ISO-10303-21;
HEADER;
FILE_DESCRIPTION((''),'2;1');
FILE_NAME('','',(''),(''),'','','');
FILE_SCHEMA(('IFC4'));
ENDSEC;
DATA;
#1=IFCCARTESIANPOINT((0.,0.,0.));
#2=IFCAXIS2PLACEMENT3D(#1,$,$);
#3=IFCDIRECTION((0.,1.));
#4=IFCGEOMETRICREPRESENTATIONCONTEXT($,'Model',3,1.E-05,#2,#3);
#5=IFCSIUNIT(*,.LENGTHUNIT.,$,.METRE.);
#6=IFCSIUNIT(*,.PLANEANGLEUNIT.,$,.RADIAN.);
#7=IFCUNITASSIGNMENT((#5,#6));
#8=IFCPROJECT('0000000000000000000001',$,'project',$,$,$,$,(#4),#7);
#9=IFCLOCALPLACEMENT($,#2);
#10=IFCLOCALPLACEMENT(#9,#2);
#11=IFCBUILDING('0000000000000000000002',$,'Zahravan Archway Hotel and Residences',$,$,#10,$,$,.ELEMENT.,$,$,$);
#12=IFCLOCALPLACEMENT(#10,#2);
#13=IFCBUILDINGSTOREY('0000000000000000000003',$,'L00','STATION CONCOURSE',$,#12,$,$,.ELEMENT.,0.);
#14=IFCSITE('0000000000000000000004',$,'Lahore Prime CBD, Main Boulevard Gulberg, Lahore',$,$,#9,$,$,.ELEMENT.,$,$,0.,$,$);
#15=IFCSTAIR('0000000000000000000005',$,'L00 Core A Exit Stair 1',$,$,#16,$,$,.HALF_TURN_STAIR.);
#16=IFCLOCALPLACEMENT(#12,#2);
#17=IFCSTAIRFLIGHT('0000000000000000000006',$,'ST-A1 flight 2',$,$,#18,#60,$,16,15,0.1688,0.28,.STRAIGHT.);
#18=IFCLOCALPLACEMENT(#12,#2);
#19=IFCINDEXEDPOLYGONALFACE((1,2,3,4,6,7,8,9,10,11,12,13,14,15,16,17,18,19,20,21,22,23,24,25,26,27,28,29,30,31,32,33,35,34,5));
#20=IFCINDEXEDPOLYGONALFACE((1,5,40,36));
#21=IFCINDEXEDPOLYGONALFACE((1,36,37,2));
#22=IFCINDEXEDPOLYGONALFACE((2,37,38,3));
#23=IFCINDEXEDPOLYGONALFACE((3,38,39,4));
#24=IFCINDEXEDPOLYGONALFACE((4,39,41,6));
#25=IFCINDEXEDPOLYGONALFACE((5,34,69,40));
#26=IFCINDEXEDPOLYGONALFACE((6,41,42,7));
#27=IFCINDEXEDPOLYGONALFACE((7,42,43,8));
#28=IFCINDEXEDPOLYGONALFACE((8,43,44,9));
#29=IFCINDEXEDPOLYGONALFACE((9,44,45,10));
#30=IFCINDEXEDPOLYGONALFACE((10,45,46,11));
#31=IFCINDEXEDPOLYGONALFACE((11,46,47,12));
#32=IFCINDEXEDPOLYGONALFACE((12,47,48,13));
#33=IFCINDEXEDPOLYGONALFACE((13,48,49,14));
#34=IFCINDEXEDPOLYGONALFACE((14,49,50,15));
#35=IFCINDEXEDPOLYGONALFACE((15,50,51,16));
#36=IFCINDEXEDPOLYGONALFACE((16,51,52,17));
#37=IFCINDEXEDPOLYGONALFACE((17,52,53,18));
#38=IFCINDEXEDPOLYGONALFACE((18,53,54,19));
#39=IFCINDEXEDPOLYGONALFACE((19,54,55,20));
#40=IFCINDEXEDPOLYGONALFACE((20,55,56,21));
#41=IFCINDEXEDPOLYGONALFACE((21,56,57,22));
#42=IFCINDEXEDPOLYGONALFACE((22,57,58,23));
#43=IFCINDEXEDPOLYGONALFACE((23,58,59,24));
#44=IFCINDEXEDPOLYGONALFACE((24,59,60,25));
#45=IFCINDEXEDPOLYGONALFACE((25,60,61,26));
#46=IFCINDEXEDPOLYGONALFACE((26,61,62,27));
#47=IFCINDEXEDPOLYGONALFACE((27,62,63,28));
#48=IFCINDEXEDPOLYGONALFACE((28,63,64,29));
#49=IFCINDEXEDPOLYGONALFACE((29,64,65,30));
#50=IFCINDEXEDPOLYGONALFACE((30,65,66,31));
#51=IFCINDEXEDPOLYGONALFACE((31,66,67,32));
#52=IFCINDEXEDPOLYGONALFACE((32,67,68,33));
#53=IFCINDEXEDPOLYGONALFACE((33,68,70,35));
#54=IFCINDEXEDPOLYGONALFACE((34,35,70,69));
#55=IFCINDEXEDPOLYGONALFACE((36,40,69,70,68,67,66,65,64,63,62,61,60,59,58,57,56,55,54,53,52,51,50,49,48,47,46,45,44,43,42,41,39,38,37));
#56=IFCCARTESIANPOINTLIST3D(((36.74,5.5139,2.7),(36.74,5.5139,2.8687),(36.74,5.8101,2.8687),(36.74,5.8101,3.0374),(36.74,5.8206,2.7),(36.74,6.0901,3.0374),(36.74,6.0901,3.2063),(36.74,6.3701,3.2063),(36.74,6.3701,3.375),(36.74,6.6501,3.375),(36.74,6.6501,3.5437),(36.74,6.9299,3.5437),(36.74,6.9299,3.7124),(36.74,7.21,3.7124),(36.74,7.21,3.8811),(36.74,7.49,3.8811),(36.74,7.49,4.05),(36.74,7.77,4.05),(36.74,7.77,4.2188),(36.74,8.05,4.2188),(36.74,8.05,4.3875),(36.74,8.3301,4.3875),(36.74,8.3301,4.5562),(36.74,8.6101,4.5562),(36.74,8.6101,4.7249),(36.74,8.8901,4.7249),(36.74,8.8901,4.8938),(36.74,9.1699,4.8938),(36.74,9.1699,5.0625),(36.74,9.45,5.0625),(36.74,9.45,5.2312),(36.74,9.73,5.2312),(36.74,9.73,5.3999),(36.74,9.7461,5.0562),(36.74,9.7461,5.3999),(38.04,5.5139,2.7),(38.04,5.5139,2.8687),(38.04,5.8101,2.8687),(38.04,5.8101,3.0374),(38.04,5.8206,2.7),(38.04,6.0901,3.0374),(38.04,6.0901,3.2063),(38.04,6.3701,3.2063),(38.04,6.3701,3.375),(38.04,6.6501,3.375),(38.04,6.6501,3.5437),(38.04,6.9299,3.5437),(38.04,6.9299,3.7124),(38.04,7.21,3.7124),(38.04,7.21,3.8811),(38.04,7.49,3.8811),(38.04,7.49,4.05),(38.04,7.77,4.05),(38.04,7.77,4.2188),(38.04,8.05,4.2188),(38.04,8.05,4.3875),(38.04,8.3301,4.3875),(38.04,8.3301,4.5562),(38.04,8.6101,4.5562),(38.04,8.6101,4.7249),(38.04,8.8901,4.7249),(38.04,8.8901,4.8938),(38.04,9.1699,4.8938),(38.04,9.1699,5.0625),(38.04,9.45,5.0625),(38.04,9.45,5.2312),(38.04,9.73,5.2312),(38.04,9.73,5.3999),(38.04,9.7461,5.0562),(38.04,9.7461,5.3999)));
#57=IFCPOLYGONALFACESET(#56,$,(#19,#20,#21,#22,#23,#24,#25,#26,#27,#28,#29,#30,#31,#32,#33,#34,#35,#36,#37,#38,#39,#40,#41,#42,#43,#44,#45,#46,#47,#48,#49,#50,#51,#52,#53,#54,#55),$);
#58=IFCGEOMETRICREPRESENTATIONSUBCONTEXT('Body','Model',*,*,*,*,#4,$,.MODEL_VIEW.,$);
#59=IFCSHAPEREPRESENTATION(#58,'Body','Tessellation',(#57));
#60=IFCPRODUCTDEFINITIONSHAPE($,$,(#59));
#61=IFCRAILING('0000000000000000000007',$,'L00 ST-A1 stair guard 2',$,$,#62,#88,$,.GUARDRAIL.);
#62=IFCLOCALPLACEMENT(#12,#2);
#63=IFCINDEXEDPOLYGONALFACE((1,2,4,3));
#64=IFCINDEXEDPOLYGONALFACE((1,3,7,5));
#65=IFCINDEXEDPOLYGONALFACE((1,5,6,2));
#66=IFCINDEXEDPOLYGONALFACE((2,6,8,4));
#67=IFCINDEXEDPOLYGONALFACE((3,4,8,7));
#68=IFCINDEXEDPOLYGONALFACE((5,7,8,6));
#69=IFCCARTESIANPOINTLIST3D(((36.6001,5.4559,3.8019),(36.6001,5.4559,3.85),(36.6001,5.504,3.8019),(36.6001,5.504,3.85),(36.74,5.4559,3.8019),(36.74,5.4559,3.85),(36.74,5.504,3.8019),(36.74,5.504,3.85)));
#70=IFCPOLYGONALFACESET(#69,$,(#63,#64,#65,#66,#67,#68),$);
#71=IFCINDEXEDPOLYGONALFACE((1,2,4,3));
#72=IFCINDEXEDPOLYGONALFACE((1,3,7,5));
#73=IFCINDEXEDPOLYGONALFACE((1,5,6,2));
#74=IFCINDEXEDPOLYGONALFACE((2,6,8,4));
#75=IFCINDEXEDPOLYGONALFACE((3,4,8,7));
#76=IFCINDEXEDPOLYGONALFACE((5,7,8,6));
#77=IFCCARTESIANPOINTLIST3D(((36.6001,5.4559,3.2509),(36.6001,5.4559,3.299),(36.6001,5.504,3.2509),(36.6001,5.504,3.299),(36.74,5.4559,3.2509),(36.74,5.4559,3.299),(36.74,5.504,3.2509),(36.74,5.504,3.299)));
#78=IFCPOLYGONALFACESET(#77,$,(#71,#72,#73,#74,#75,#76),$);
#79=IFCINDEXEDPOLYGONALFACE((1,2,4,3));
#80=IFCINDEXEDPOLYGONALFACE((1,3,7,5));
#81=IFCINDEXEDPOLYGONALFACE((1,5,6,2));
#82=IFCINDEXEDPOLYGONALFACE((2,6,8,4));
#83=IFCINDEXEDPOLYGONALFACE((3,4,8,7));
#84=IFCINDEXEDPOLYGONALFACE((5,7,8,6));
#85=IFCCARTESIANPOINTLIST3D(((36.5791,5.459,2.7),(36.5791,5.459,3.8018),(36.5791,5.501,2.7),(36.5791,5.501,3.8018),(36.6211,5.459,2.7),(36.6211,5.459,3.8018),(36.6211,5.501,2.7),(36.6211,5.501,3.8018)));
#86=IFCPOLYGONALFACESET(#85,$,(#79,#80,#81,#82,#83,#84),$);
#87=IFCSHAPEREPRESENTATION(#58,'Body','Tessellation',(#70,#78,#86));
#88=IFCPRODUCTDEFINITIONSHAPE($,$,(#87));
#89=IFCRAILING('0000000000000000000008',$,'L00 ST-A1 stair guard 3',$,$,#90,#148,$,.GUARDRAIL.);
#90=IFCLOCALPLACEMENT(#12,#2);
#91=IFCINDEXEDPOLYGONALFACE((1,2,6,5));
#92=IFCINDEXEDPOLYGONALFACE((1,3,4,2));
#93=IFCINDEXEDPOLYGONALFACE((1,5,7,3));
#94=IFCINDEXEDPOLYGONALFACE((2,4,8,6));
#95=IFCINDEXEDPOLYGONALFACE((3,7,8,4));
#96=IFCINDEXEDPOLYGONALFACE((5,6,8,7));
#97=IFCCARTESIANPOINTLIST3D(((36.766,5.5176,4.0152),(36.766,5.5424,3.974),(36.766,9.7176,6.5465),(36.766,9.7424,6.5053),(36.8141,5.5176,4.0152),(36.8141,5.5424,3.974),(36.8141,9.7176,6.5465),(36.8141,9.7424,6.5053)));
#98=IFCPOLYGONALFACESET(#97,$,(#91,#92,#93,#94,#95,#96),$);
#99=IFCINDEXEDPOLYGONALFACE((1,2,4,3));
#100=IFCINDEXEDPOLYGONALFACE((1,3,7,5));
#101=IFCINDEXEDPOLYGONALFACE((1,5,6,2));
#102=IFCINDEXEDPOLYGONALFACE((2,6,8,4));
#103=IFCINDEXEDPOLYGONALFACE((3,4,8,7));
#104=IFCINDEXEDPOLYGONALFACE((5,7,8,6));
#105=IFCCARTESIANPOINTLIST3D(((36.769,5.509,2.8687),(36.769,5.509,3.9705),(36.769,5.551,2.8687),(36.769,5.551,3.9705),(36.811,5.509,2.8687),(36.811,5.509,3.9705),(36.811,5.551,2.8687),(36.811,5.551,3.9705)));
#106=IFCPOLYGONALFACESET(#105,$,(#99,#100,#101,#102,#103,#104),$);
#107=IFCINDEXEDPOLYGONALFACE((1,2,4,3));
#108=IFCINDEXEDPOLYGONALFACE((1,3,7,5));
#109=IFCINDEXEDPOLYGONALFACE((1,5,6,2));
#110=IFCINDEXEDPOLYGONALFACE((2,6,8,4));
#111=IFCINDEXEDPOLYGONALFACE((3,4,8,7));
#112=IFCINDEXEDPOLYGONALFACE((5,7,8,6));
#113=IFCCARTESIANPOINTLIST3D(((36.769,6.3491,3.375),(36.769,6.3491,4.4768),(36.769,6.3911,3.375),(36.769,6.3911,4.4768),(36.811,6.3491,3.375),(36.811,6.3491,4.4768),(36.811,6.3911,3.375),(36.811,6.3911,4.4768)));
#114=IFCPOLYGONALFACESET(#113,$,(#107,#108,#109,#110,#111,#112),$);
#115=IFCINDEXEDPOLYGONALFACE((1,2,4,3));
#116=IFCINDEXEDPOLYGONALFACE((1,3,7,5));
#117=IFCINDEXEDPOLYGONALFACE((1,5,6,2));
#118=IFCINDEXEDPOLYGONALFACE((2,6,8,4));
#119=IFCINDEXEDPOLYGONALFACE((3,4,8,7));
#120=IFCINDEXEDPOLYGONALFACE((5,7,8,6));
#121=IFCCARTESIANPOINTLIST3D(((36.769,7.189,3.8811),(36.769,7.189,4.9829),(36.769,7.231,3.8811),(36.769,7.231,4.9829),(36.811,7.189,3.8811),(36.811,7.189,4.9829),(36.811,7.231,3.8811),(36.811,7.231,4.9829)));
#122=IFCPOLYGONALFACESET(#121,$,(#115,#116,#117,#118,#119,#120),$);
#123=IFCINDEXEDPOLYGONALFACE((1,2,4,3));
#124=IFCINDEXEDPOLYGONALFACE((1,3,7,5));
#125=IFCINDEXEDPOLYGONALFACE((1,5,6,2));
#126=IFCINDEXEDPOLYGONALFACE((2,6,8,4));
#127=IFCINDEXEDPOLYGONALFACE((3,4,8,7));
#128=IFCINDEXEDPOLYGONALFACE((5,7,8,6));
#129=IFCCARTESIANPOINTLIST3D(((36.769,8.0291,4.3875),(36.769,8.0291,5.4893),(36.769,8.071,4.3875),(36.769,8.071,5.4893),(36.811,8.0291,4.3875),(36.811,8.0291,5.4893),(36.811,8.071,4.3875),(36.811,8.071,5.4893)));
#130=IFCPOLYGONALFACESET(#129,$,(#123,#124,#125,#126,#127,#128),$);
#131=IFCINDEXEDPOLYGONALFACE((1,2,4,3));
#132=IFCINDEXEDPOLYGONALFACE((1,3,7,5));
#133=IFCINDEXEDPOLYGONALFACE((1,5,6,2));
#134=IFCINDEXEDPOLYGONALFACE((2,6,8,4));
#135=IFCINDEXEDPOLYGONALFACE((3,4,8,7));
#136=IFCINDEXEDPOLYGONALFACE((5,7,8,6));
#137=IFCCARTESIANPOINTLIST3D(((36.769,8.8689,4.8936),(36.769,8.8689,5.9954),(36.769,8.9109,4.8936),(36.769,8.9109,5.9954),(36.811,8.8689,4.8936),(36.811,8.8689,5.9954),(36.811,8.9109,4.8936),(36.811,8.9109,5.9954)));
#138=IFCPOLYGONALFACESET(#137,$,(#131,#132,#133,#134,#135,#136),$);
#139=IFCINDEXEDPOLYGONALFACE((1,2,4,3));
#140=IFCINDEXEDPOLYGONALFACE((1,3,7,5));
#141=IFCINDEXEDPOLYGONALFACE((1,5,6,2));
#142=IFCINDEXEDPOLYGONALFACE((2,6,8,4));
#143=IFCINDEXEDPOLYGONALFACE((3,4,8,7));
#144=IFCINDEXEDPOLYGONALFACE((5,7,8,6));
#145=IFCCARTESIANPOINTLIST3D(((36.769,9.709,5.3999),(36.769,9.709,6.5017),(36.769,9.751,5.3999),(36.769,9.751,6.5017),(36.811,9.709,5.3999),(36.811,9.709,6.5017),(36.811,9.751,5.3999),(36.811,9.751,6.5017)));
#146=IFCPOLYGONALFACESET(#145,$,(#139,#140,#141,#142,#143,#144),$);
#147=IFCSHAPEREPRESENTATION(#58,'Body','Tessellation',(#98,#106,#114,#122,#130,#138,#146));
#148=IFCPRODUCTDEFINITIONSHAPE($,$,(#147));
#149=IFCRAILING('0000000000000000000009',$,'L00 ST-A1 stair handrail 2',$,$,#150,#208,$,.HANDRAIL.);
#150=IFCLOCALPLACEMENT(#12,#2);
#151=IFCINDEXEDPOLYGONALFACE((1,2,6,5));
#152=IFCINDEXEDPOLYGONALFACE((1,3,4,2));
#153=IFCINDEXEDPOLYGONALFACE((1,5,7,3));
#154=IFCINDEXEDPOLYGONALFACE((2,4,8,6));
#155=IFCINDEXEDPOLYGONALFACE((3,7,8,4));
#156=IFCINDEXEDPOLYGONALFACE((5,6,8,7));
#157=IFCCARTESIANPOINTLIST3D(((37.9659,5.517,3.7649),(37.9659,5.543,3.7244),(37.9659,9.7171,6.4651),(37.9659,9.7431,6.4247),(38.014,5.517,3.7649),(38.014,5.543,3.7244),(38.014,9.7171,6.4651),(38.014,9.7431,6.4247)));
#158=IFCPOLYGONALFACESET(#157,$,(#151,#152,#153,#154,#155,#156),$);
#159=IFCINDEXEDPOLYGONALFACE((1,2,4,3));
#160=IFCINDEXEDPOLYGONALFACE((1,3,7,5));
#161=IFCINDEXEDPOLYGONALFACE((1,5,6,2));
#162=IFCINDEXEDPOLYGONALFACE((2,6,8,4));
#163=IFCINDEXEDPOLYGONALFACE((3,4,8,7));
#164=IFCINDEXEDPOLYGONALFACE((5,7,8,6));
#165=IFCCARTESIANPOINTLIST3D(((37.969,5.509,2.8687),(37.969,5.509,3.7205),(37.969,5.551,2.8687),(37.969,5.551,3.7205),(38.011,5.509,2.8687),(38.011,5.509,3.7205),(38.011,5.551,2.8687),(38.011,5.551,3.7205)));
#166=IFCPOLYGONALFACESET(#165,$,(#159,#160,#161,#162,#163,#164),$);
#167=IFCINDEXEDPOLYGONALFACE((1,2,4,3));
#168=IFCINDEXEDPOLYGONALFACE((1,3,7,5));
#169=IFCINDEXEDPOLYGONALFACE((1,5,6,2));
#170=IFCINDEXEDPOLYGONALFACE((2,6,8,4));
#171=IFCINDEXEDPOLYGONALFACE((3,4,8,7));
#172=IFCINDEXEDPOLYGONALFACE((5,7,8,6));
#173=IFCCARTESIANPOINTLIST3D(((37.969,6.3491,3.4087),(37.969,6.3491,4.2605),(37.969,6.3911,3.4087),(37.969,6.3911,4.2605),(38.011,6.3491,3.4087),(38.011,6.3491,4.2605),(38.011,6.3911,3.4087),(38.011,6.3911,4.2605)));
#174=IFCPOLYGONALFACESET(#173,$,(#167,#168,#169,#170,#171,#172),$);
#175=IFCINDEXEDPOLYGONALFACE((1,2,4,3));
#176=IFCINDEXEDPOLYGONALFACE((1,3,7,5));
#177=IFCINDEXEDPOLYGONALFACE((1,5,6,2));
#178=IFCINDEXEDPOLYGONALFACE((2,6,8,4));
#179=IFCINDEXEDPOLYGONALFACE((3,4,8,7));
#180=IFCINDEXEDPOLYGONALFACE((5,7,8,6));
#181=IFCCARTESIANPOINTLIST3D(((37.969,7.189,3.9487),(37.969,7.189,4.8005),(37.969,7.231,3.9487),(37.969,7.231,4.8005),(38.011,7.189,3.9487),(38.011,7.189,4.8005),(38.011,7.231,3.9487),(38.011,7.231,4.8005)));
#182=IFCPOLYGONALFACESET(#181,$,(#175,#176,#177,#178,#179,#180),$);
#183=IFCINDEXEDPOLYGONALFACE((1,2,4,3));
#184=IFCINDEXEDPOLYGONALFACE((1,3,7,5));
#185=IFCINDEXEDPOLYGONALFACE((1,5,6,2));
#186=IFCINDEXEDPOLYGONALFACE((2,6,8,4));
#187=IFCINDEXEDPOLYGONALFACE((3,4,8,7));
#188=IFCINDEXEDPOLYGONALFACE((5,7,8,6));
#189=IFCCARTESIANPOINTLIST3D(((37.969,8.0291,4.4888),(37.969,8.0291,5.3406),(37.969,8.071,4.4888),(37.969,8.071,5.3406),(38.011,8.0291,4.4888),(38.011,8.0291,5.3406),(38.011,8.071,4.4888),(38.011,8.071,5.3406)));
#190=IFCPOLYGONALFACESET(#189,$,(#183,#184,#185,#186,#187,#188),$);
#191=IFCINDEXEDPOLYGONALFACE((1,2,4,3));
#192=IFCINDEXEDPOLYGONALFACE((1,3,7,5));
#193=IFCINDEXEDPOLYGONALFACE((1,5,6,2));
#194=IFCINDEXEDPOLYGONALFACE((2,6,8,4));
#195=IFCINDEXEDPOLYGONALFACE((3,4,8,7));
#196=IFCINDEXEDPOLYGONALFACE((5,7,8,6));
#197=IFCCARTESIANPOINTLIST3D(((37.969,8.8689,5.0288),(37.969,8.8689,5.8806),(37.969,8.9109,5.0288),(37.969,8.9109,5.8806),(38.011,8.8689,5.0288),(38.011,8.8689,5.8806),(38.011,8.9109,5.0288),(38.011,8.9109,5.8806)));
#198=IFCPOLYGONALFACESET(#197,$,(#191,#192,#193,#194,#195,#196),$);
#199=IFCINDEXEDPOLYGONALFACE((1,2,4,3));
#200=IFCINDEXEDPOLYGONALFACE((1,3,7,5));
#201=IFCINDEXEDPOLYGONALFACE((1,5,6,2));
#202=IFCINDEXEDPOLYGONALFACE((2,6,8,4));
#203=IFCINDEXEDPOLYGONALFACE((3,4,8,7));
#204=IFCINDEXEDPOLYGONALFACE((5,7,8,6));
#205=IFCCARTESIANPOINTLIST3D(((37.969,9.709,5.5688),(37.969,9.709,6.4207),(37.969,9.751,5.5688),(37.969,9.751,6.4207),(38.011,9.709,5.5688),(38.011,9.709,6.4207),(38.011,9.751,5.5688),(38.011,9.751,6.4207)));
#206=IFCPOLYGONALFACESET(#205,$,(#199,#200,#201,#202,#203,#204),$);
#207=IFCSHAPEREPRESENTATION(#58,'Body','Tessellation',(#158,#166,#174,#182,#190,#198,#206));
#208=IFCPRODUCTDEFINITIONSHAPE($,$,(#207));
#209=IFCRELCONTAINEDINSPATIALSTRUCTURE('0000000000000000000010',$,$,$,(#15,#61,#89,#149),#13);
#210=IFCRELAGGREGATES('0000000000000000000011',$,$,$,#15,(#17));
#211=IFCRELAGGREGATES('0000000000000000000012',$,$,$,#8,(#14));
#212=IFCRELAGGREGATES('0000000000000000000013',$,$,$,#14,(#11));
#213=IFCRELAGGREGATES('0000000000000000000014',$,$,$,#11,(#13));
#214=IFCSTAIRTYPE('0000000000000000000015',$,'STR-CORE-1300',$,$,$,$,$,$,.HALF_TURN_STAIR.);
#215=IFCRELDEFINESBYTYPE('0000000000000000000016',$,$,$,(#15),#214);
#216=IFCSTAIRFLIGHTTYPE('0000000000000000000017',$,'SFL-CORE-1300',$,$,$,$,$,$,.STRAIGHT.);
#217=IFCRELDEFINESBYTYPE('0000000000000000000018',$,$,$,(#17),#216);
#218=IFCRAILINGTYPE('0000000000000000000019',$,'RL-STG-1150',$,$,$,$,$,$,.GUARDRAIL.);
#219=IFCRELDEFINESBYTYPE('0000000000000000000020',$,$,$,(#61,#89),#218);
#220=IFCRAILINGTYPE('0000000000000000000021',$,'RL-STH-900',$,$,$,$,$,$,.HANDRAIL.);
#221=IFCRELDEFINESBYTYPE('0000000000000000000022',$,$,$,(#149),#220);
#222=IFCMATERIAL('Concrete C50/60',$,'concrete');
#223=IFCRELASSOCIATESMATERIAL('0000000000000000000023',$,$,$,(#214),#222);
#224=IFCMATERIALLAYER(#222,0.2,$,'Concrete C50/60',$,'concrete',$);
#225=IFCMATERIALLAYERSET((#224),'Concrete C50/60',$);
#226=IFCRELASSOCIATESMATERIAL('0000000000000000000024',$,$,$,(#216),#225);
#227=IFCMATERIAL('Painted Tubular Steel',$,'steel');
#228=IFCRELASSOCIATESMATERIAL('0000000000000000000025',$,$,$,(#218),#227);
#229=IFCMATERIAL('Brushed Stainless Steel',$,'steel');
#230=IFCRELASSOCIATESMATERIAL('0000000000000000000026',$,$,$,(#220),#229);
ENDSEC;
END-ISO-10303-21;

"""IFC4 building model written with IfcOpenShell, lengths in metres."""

from ifc_helpers import new_model, si_unit, direction, frame, origin, origin_2d, place, context, subcontext, project, spatial, polyline, rectangle, outline, extrude, source, transform, mapped, material, layer, layer_set, type_object, element, aggregate, save


model = new_model("IFC4")

# Units and contexts
model_context = context("Model", 3, precision=1e-05, world=origin(), true_north=direction((0.0, 1.0)))
body_context = subcontext(model_context, "Body", "Model", "MODEL_VIEW")
ifc_project = project(units=[si_unit("LENGTHUNIT", "METRE"), si_unit("PLANEANGLEUNIT", "RADIAN")], contexts=[model_context])

# Site, building, storey
site_placement = place(None, origin())
site = spatial("IfcSite", under=ifc_project, at=site_placement, Name="Lahore Prime CBD, Main Boulevard Gulberg, Lahore", CompositionType="ELEMENT", RefElevation=0.0)
building_placement = place(site_placement, origin())
building = spatial("IfcBuilding", under=site, at=building_placement, Name="Zahravan Archway Hotel and Residences", CompositionType="ELEMENT")
storey_placement = place(building_placement, origin())
storey = spatial("IfcBuildingStorey", under=building, at=storey_placement, Name="L00", Description="STATION CONCOURSE", CompositionType="ELEMENT", Elevation=0.0)

# Shared definitions
ifc_material_1 = material(Name="Brushed Stainless Steel", Category="steel")

# Shared definitions
ifc_material_2 = material(Name="Concrete C50/60", Category="concrete")

# Stair, stair flight
stair_type = type_object("IfcStairType", Name="STR-CORE-1300", PredefinedType="HALF_TURN_STAIR", material=ifc_material_2)
stair_placement = place(storey_placement, origin())
stair = element("IfcStair", 1, at=stair_placement, inside=storey, type_object=stair_type, Name="L00 Core A Exit Stair 1", PredefinedType="HALF_TURN_STAIR")
ifc_layer_1 = layer(ifc_material_2, 0.2, Name="Concrete C50/60", Category="concrete")
ifc_layer_set_1 = layer_set([ifc_layer_1], Name="Concrete C50/60")
stair_flight_type = type_object("IfcStairFlightType", Name="SFL-CORE-1300", PredefinedType="STRAIGHT", material=ifc_layer_set_1)
shared_shape_1 = source(origin(), body_context, "Body", "SweptSolid", [
    extrude(outline(polyline([(-0.0161, 0.0), (-0.0161, 0.1687), (0.28, 0.1687), (0.28, 0.3374), (0.5601, 0.3374), (0.5601, 0.5063), (0.8401, 0.5063), (0.8401, 0.675), (1.1201, 0.675), (1.1201, 0.8438), (1.3999, 0.8438), (1.3999, 1.0125), (1.6799, 1.0125), (1.6799, 1.1812), (1.96, 1.1812), (1.96, 1.3501), (2.24, 1.3501), (2.24, 1.5188), (2.52, 1.5188), (2.52, 1.6875), (2.8, 1.6875), (2.8, 1.8562), (3.0801, 1.8562), (3.0801, 2.0249), (3.3601, 2.0249), (3.3601, 2.1938), (3.6399, 2.1938), (3.6399, 2.3625), (3.9199, 2.3625), (3.9199, 2.5312), (4.2, 2.5312), (4.2, 2.7), (4.2161, 2.7), (4.2161, 2.3562), (0.2905, 0.0), (-0.0161, 0.0)])), frame((0.0, 0.6499, 0.0), z_axis=(0.0, -1.0, 0.0), x_axis=(1.0, 0.0, 0.0)), (0.0, 0.0, 1.0), 1.3),
])
stair_flight_placement = place(storey_placement, frame((37.3899, 5.53, 2.7), z_axis=(0.0, 0.0, 1.0), x_axis=(0.0, 1.0, 0.0)))
stair_flight = element("IfcStairFlight", 2, at=stair_flight_placement, type_object=stair_flight_type, Name="ST-A1 flight 2", NumberOfRisers=16, NumberOfTreads=15, PredefinedType="STRAIGHT", RiserHeight=0.1688, TreadLength=0.28, context=body_context, shape_type="MappedRepresentation", body=[
    mapped(shared_shape_1, transform((0.0, 0.0, 0.0), scale=1.0)),
])
aggregate(stair, [stair_flight])

# Railings
ifc_material_3 = material(Name="Painted Tubular Steel", Category="steel")
railing_type_1 = type_object("IfcRailingType", Name="RL-STG-1150", PredefinedType="GUARDRAIL", material=ifc_material_3)
railing_1_placement = place(storey_placement, frame((36.6001, 5.48, 2.7)))
element("IfcRailing", 3, at=railing_1_placement, inside=storey, type_object=railing_type_1, Name="L00 ST-A1 stair guard 2", PredefinedType="GUARDRAIL", context=body_context, shape_type="SweptSolid", body=[
    extrude(rectangle(XDim=0.0481, YDim=0.0481, at=origin_2d()), frame((0.0, 0.0, 1.126), z_axis=(1.0, 0.0, 0.0), x_axis=(0.0, 1.0, 0.0)), (0.0, 0.0, 1.0), 0.1399),
    extrude(rectangle(XDim=0.0481, YDim=0.0481, at=origin_2d()), frame((0.0, 0.0, 0.575), z_axis=(1.0, 0.0, 0.0), x_axis=(0.0, 1.0, 0.0)), (0.0, 0.0, 1.0), 0.1399),
    extrude(rectangle(XDim=0.042, YDim=0.042, at=origin_2d()), origin(), (0.0, 0.0, 1.0), 1.1018),
])
railing_2_placement = place(storey_placement, frame((36.79, 5.53, 2.8687)))
element("IfcRailing", 4, at=railing_2_placement, inside=storey, type_object=railing_type_1, Name="L00 ST-A1 stair guard 3", PredefinedType="GUARDRAIL", context=body_context, shape_type="SweptSolid", body=[
    extrude(rectangle(XDim=0.0481, YDim=0.0481, at=origin_2d()), frame((0.0, 0.0, 1.126), z_axis=(0.0, 0.856476, 0.516186), x_axis=(-1.0, 0.0, 0.0)), (0.0, 0.0, 1.0), 4.9038),
    extrude(rectangle(XDim=0.042, YDim=0.042, at=origin_2d()), origin(), (0.0, 0.0, 1.0), 1.1018),
    extrude(rectangle(XDim=0.042, YDim=0.042, at=origin_2d()), frame((0.0, 0.8401, 0.5063)), (0.0, 0.0, 1.0), 1.1018),
    extrude(rectangle(XDim=0.042, YDim=0.042, at=origin_2d()), frame((0.0, 1.6799, 1.0125)), (0.0, 0.0, 1.0), 1.1018),
    extrude(rectangle(XDim=0.042, YDim=0.042, at=origin_2d()), frame((0.0, 2.52, 1.5188)), (0.0, 0.0, 1.0), 1.1018),
    extrude(rectangle(XDim=0.042, YDim=0.042, at=origin_2d()), frame((0.0, 3.3599, 2.0249)), (0.0, 0.0, 1.0), 1.1018),
    extrude(rectangle(XDim=0.042, YDim=0.042, at=origin_2d()), frame((0.0, 4.2, 2.5312)), (0.0, 0.0, 1.0), 1.1018),
])
railing_type_2 = type_object("IfcRailingType", Name="RL-STH-900", PredefinedType="HANDRAIL", material=ifc_material_1)
railing_3_placement = place(storey_placement, frame((37.99, 5.53, 2.8687)))
element("IfcRailing", 5, at=railing_3_placement, inside=storey, type_object=railing_type_2, Name="L00 ST-A1 stair handrail 2", PredefinedType="HANDRAIL", context=body_context, shape_type="SweptSolid", body=[
    extrude(rectangle(XDim=0.0481, YDim=0.0481, at=origin_2d()), frame((0.0, 0.0, 0.876), z_axis=(0.0, 0.841158, 0.54079), x_axis=(-1.0, 0.0, 0.0)), (0.0, 0.0, 1.0), 4.9932),
    extrude(rectangle(XDim=0.042, YDim=0.042, at=origin_2d()), origin(), (0.0, 0.0, 1.0), 0.8518),
    extrude(rectangle(XDim=0.042, YDim=0.042, at=origin_2d()), frame((0.0, 0.8401, 0.54)), (0.0, 0.0, 1.0), 0.8518),
    extrude(rectangle(XDim=0.042, YDim=0.042, at=origin_2d()), frame((0.0, 1.6799, 1.0801)), (0.0, 0.0, 1.0), 0.8518),
    extrude(rectangle(XDim=0.042, YDim=0.042, at=origin_2d()), frame((0.0, 2.52, 1.6201)), (0.0, 0.0, 1.0), 0.8518),
    extrude(rectangle(XDim=0.042, YDim=0.042, at=origin_2d()), frame((0.0, 3.3599, 2.1602)), (0.0, 0.0, 1.0), 0.8518),
    extrude(rectangle(XDim=0.042, YDim=0.042, at=origin_2d()), frame((0.0, 4.2, 2.7002)), (0.0, 0.0, 1.0), 0.8518),
])

save(model, "model.ifc")
